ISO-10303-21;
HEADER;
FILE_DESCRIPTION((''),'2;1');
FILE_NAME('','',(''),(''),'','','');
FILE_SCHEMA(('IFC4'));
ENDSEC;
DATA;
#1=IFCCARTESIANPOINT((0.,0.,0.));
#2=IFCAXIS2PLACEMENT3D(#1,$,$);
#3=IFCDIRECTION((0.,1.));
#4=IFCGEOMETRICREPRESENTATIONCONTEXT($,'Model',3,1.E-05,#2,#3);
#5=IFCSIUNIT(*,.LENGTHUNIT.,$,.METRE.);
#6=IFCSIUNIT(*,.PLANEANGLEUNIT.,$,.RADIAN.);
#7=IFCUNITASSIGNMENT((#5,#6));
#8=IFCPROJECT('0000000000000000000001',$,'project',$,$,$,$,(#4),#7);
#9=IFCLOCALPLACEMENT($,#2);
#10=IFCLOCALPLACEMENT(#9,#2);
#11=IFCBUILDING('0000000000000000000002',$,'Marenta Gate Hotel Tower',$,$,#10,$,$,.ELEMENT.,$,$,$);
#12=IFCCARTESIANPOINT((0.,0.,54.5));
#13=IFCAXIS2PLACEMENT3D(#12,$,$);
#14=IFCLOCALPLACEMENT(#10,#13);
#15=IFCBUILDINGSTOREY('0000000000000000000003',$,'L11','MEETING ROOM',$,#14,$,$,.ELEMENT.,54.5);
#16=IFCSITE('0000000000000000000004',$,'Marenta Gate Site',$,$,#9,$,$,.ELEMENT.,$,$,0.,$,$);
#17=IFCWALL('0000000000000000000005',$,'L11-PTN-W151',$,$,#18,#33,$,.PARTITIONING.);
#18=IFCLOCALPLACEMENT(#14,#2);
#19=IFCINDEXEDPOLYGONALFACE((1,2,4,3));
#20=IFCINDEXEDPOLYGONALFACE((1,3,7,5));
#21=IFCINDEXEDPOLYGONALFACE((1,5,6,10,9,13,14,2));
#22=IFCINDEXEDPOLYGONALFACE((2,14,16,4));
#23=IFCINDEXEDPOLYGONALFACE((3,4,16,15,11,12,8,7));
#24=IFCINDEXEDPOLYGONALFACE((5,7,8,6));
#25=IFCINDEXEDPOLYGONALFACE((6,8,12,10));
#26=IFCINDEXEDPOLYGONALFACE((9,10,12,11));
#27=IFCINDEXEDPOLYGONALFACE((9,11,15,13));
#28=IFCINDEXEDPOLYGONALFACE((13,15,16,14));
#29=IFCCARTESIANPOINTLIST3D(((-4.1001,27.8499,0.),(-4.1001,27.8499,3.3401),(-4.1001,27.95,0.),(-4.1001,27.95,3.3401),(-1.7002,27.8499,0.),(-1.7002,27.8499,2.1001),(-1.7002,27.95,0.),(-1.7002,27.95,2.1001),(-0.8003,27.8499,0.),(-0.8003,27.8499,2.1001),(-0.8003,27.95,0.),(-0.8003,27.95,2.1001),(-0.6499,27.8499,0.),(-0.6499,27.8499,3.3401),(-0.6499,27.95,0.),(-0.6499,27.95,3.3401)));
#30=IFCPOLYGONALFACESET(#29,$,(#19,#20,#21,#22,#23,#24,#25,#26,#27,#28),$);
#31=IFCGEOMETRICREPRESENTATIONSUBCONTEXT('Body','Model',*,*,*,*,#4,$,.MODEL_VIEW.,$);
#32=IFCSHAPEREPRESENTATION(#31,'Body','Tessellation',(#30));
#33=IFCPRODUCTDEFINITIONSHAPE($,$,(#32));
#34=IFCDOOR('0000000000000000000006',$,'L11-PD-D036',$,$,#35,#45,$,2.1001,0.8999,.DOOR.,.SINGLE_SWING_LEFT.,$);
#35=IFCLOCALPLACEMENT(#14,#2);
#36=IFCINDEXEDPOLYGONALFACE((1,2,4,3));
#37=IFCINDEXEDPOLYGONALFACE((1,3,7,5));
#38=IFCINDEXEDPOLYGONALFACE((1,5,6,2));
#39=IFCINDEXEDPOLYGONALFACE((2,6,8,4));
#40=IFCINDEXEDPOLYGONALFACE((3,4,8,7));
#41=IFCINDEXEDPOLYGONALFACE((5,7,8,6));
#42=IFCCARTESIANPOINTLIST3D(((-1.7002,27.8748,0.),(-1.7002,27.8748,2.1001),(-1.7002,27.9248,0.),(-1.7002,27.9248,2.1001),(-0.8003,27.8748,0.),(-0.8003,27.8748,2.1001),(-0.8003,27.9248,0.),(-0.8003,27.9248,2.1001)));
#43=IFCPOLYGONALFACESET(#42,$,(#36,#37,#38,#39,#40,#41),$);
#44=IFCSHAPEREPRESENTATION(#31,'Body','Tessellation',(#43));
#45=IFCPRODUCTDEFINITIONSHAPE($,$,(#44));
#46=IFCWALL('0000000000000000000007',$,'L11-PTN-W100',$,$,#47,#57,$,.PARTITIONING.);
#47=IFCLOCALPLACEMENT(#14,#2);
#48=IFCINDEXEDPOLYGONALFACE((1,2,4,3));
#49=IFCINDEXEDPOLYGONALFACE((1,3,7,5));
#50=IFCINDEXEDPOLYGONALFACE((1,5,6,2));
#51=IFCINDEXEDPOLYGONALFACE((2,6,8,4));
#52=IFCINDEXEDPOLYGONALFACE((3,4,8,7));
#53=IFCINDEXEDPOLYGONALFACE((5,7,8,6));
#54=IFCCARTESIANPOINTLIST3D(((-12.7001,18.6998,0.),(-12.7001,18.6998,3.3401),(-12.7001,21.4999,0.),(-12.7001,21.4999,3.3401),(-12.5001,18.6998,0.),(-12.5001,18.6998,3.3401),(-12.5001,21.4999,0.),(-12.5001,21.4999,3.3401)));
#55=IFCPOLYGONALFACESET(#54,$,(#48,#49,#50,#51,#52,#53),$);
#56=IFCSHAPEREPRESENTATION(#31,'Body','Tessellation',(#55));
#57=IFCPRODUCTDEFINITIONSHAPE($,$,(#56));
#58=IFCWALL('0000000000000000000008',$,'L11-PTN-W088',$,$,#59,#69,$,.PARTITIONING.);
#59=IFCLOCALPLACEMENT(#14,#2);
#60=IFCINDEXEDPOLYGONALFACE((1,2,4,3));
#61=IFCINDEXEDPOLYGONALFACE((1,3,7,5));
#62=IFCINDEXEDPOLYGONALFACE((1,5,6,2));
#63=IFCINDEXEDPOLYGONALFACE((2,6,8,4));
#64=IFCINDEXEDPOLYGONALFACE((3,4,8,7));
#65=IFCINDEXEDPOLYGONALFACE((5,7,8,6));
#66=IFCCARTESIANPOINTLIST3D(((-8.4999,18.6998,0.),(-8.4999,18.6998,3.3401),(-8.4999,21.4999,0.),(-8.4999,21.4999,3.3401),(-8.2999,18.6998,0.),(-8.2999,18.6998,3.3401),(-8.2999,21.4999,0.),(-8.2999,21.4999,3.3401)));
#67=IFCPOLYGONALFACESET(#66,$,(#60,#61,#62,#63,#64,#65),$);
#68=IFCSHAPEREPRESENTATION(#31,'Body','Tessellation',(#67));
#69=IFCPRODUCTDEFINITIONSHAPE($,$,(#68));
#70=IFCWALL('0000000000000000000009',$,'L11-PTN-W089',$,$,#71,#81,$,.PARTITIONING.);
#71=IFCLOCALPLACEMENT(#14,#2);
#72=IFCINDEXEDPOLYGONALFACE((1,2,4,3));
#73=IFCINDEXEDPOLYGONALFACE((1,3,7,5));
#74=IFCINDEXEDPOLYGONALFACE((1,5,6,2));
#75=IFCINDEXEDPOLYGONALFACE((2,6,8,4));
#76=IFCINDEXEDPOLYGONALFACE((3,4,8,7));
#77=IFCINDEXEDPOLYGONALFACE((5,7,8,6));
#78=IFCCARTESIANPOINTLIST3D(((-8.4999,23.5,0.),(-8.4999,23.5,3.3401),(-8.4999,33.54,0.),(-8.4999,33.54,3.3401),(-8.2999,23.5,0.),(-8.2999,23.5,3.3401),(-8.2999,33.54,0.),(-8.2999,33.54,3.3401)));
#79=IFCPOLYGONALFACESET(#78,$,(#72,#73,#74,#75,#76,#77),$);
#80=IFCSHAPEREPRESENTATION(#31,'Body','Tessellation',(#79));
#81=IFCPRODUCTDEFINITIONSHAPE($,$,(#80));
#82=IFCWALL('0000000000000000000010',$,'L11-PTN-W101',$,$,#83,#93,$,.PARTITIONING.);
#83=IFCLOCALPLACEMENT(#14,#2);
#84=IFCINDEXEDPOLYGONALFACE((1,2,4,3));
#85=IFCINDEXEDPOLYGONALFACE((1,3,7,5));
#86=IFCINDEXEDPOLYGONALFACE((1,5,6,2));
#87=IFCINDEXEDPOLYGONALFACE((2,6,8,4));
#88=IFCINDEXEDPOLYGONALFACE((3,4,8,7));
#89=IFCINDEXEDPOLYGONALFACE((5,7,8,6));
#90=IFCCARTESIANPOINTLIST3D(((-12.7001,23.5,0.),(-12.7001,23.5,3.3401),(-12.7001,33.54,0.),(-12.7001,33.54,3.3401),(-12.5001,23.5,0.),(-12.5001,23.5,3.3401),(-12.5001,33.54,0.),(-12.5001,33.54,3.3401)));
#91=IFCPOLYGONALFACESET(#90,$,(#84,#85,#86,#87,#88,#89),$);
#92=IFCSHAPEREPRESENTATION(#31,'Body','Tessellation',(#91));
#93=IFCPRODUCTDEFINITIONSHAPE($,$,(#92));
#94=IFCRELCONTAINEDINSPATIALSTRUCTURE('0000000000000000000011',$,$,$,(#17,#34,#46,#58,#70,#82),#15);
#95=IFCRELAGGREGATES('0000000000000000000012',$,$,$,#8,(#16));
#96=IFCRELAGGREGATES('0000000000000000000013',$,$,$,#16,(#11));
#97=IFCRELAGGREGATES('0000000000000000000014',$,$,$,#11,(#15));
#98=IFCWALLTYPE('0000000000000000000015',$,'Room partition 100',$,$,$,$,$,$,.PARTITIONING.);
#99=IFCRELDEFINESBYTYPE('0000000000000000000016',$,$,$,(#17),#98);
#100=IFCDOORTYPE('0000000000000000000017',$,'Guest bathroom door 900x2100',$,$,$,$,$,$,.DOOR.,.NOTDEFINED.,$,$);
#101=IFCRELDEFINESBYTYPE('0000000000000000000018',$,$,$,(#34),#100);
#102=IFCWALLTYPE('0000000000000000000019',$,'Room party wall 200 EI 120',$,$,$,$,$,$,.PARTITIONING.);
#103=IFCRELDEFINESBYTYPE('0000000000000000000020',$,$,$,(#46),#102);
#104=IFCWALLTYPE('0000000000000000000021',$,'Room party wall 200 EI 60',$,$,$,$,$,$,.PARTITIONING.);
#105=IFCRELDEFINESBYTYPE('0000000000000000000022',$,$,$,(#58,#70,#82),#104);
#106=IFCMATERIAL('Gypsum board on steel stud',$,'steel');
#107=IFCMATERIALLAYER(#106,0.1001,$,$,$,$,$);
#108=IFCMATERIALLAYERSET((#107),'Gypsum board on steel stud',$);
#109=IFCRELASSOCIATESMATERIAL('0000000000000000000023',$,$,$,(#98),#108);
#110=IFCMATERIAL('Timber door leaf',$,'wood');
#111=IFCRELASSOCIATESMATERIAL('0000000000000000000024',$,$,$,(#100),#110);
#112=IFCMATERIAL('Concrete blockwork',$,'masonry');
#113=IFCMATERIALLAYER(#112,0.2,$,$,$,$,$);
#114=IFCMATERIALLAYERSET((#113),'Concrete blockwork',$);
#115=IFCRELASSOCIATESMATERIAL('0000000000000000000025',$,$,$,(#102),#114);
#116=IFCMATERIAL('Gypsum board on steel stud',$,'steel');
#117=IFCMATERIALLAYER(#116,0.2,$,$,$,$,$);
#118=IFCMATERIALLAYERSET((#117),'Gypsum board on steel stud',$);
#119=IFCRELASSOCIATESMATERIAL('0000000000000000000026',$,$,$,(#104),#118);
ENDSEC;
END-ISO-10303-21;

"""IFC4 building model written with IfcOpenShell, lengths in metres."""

from ifc_helpers import new_model, si_unit, direction, frame, frame_2d, origin, place, context, subcontext, project, spatial, rectangle, extrude, material, layer, layer_set, type_object, element, fill, save


model = new_model("IFC4")

# Units and contexts
model_context = context("Model", 3, precision=1e-05, world=origin(), true_north=direction((0.0, 1.0)))
body_context = subcontext(model_context, "Body", "Model", "MODEL_VIEW")
ifc_project = project(units=[si_unit("LENGTHUNIT", "METRE"), si_unit("PLANEANGLEUNIT", "RADIAN")], contexts=[model_context])

# Site, building, storey
site_placement = place(None, origin())
site = spatial("IfcSite", under=ifc_project, at=site_placement, Name="Marenta Gate Site", CompositionType="ELEMENT", RefElevation=0.0)
building_placement = place(site_placement, origin())
building = spatial("IfcBuilding", under=site, at=building_placement, Name="Marenta Gate Hotel Tower", CompositionType="ELEMENT")
storey_placement = place(building_placement, frame((0.0, 0.0, 54.5)))
storey = spatial("IfcBuildingStorey", under=building, at=storey_placement, Name="L11", Description="MEETING ROOM", CompositionType="ELEMENT", Elevation=54.5)

# Shared definitions
ifc_material_1 = material(Name="Gypsum board on steel stud", Category="steel")
ifc_layer_1 = layer(ifc_material_1, 0.1001)
ifc_layer_set_1 = layer_set([ifc_layer_1], Name="Gypsum board on steel stud")
wall_type_1 = type_object("IfcWallType", Name="Room partition 100", PredefinedType="PARTITIONING", material=ifc_layer_set_1)

# Wall, opening, door
ifc_material_2 = material(Name="Timber door leaf", Category="wood")
door_type = type_object("IfcDoorType", Name="Guest bathroom door 900x2100", OperationType="NOTDEFINED", PredefinedType="DOOR", material=ifc_material_2)
wall_1_placement = place(storey_placement, frame((-4.1001, 27.8999, 0.0), z_axis=(0.0, 0.0, 1.0), x_axis=(1.0, 0.0, 0.0)))
wall_1 = element("IfcWall", 1, at=wall_1_placement, inside=storey, type_object=wall_type_1, Name="L11-PTN-W151", PredefinedType="PARTITIONING", context=body_context, shape_type="SweptSolid", body=[
    extrude(rectangle(XDim=3.4502, YDim=0.1001, at=frame_2d((1.7251, 0.0))), origin(), (0.0, 0.0, 1.0), 3.3401),
])
opening_1_placement = place(wall_1_placement, frame((2.3999, 0.0, 0.0)))
opening_1 = element("IfcOpeningElement", 2, at=opening_1_placement, cuts=wall_1, PredefinedType="OPENING", context=body_context, shape_type="SweptSolid", body=[
    extrude(rectangle(XDim=0.8999, YDim=2.1001, at=frame_2d((0.45, 1.05))), frame((0.0, 0.05, 0.0), z_axis=(0.0, -1.0, 0.0), x_axis=(1.0, 0.0, 0.0)), (0.0, 0.0, 1.0), 0.1001),
])
door_1_placement = place(opening_1_placement, origin())
door_1 = element("IfcDoor", 3, at=door_1_placement, inside=storey, type_object=door_type, Name="L11-PD-D036", OperationType="SINGLE_SWING_LEFT", OverallHeight=2.1001, OverallWidth=0.8999, PredefinedType="DOOR", context=body_context, shape_type="SweptSolid", body=[
    extrude(rectangle(XDim=0.8999, YDim=2.1001, at=frame_2d((0.45, 1.05))), frame((0.0, 0.0249, 0.0), z_axis=(0.0, -1.0, 0.0), x_axis=(1.0, 0.0, 0.0)), (0.0, 0.0, 1.0), 0.05),
])
fill(opening_1, door_1)

# Walls
ifc_material_3 = material(Name="Concrete blockwork", Category="masonry")
ifc_layer_2 = layer(ifc_material_3, 0.2)
ifc_layer_set_2 = layer_set([ifc_layer_2], Name="Concrete blockwork")
wall_type_2 = type_object("IfcWallType", Name="Room party wall 200 EI 120", PredefinedType="PARTITIONING", material=ifc_layer_set_2)
wall_2_placement = place(storey_placement, frame((-12.6001, 18.7, 0.0), z_axis=(0.0, 0.0, 1.0), x_axis=(0.0, 1.0, 0.0)))
element("IfcWall", 4, at=wall_2_placement, inside=storey, type_object=wall_type_2, Name="L11-PTN-W100", PredefinedType="PARTITIONING", context=body_context, shape_type="SweptSolid", body=[
    extrude(rectangle(XDim=2.8, YDim=0.2, at=frame_2d((1.3999, 0.0))), origin(), (0.0, 0.0, 1.0), 3.3401),
])
ifc_material_4 = material(Name="Gypsum board on steel stud", Category="steel")
ifc_layer_3 = layer(ifc_material_4, 0.2)
ifc_layer_set_3 = layer_set([ifc_layer_3], Name="Gypsum board on steel stud")
wall_type_3 = type_object("IfcWallType", Name="Room party wall 200 EI 60", PredefinedType="PARTITIONING", material=ifc_layer_set_3)
wall_3_placement = place(storey_placement, frame((-8.3999, 18.7, 0.0), z_axis=(0.0, 0.0, 1.0), x_axis=(0.0, 1.0, 0.0)))
element("IfcWall", 5, at=wall_3_placement, inside=storey, type_object=wall_type_3, Name="L11-PTN-W088", PredefinedType="PARTITIONING", context=body_context, shape_type="SweptSolid", body=[
    extrude(rectangle(XDim=2.8, YDim=0.2, at=frame_2d((1.3999, 0.0))), origin(), (0.0, 0.0, 1.0), 3.3401),
])
for number, where, z_axis, x_axis, name in (
    (6, (-8.3999, 23.5, 0.0), (0.0, 0.0, 1.0), (0.0, 1.0, 0.0), "L11-PTN-W089"),
    (7, (-12.6001, 23.5, 0.0), (0.0, 0.0, 1.0), (0.0, 1.0, 0.0), "L11-PTN-W101"),
):
    element("IfcWall", number, at=place(storey_placement, frame(where, z_axis=z_axis, x_axis=x_axis)), inside=storey, type_object=wall_type_3, Name=name, PredefinedType="PARTITIONING", context=body_context, shape_type="SweptSolid", body=[
        extrude(rectangle(XDim=10.04, YDim=0.2, at=frame_2d((5.02, 0.0))), origin(), (0.0, 0.0, 1.0), 3.3401),
    ])

save(model, "model.ifc")
